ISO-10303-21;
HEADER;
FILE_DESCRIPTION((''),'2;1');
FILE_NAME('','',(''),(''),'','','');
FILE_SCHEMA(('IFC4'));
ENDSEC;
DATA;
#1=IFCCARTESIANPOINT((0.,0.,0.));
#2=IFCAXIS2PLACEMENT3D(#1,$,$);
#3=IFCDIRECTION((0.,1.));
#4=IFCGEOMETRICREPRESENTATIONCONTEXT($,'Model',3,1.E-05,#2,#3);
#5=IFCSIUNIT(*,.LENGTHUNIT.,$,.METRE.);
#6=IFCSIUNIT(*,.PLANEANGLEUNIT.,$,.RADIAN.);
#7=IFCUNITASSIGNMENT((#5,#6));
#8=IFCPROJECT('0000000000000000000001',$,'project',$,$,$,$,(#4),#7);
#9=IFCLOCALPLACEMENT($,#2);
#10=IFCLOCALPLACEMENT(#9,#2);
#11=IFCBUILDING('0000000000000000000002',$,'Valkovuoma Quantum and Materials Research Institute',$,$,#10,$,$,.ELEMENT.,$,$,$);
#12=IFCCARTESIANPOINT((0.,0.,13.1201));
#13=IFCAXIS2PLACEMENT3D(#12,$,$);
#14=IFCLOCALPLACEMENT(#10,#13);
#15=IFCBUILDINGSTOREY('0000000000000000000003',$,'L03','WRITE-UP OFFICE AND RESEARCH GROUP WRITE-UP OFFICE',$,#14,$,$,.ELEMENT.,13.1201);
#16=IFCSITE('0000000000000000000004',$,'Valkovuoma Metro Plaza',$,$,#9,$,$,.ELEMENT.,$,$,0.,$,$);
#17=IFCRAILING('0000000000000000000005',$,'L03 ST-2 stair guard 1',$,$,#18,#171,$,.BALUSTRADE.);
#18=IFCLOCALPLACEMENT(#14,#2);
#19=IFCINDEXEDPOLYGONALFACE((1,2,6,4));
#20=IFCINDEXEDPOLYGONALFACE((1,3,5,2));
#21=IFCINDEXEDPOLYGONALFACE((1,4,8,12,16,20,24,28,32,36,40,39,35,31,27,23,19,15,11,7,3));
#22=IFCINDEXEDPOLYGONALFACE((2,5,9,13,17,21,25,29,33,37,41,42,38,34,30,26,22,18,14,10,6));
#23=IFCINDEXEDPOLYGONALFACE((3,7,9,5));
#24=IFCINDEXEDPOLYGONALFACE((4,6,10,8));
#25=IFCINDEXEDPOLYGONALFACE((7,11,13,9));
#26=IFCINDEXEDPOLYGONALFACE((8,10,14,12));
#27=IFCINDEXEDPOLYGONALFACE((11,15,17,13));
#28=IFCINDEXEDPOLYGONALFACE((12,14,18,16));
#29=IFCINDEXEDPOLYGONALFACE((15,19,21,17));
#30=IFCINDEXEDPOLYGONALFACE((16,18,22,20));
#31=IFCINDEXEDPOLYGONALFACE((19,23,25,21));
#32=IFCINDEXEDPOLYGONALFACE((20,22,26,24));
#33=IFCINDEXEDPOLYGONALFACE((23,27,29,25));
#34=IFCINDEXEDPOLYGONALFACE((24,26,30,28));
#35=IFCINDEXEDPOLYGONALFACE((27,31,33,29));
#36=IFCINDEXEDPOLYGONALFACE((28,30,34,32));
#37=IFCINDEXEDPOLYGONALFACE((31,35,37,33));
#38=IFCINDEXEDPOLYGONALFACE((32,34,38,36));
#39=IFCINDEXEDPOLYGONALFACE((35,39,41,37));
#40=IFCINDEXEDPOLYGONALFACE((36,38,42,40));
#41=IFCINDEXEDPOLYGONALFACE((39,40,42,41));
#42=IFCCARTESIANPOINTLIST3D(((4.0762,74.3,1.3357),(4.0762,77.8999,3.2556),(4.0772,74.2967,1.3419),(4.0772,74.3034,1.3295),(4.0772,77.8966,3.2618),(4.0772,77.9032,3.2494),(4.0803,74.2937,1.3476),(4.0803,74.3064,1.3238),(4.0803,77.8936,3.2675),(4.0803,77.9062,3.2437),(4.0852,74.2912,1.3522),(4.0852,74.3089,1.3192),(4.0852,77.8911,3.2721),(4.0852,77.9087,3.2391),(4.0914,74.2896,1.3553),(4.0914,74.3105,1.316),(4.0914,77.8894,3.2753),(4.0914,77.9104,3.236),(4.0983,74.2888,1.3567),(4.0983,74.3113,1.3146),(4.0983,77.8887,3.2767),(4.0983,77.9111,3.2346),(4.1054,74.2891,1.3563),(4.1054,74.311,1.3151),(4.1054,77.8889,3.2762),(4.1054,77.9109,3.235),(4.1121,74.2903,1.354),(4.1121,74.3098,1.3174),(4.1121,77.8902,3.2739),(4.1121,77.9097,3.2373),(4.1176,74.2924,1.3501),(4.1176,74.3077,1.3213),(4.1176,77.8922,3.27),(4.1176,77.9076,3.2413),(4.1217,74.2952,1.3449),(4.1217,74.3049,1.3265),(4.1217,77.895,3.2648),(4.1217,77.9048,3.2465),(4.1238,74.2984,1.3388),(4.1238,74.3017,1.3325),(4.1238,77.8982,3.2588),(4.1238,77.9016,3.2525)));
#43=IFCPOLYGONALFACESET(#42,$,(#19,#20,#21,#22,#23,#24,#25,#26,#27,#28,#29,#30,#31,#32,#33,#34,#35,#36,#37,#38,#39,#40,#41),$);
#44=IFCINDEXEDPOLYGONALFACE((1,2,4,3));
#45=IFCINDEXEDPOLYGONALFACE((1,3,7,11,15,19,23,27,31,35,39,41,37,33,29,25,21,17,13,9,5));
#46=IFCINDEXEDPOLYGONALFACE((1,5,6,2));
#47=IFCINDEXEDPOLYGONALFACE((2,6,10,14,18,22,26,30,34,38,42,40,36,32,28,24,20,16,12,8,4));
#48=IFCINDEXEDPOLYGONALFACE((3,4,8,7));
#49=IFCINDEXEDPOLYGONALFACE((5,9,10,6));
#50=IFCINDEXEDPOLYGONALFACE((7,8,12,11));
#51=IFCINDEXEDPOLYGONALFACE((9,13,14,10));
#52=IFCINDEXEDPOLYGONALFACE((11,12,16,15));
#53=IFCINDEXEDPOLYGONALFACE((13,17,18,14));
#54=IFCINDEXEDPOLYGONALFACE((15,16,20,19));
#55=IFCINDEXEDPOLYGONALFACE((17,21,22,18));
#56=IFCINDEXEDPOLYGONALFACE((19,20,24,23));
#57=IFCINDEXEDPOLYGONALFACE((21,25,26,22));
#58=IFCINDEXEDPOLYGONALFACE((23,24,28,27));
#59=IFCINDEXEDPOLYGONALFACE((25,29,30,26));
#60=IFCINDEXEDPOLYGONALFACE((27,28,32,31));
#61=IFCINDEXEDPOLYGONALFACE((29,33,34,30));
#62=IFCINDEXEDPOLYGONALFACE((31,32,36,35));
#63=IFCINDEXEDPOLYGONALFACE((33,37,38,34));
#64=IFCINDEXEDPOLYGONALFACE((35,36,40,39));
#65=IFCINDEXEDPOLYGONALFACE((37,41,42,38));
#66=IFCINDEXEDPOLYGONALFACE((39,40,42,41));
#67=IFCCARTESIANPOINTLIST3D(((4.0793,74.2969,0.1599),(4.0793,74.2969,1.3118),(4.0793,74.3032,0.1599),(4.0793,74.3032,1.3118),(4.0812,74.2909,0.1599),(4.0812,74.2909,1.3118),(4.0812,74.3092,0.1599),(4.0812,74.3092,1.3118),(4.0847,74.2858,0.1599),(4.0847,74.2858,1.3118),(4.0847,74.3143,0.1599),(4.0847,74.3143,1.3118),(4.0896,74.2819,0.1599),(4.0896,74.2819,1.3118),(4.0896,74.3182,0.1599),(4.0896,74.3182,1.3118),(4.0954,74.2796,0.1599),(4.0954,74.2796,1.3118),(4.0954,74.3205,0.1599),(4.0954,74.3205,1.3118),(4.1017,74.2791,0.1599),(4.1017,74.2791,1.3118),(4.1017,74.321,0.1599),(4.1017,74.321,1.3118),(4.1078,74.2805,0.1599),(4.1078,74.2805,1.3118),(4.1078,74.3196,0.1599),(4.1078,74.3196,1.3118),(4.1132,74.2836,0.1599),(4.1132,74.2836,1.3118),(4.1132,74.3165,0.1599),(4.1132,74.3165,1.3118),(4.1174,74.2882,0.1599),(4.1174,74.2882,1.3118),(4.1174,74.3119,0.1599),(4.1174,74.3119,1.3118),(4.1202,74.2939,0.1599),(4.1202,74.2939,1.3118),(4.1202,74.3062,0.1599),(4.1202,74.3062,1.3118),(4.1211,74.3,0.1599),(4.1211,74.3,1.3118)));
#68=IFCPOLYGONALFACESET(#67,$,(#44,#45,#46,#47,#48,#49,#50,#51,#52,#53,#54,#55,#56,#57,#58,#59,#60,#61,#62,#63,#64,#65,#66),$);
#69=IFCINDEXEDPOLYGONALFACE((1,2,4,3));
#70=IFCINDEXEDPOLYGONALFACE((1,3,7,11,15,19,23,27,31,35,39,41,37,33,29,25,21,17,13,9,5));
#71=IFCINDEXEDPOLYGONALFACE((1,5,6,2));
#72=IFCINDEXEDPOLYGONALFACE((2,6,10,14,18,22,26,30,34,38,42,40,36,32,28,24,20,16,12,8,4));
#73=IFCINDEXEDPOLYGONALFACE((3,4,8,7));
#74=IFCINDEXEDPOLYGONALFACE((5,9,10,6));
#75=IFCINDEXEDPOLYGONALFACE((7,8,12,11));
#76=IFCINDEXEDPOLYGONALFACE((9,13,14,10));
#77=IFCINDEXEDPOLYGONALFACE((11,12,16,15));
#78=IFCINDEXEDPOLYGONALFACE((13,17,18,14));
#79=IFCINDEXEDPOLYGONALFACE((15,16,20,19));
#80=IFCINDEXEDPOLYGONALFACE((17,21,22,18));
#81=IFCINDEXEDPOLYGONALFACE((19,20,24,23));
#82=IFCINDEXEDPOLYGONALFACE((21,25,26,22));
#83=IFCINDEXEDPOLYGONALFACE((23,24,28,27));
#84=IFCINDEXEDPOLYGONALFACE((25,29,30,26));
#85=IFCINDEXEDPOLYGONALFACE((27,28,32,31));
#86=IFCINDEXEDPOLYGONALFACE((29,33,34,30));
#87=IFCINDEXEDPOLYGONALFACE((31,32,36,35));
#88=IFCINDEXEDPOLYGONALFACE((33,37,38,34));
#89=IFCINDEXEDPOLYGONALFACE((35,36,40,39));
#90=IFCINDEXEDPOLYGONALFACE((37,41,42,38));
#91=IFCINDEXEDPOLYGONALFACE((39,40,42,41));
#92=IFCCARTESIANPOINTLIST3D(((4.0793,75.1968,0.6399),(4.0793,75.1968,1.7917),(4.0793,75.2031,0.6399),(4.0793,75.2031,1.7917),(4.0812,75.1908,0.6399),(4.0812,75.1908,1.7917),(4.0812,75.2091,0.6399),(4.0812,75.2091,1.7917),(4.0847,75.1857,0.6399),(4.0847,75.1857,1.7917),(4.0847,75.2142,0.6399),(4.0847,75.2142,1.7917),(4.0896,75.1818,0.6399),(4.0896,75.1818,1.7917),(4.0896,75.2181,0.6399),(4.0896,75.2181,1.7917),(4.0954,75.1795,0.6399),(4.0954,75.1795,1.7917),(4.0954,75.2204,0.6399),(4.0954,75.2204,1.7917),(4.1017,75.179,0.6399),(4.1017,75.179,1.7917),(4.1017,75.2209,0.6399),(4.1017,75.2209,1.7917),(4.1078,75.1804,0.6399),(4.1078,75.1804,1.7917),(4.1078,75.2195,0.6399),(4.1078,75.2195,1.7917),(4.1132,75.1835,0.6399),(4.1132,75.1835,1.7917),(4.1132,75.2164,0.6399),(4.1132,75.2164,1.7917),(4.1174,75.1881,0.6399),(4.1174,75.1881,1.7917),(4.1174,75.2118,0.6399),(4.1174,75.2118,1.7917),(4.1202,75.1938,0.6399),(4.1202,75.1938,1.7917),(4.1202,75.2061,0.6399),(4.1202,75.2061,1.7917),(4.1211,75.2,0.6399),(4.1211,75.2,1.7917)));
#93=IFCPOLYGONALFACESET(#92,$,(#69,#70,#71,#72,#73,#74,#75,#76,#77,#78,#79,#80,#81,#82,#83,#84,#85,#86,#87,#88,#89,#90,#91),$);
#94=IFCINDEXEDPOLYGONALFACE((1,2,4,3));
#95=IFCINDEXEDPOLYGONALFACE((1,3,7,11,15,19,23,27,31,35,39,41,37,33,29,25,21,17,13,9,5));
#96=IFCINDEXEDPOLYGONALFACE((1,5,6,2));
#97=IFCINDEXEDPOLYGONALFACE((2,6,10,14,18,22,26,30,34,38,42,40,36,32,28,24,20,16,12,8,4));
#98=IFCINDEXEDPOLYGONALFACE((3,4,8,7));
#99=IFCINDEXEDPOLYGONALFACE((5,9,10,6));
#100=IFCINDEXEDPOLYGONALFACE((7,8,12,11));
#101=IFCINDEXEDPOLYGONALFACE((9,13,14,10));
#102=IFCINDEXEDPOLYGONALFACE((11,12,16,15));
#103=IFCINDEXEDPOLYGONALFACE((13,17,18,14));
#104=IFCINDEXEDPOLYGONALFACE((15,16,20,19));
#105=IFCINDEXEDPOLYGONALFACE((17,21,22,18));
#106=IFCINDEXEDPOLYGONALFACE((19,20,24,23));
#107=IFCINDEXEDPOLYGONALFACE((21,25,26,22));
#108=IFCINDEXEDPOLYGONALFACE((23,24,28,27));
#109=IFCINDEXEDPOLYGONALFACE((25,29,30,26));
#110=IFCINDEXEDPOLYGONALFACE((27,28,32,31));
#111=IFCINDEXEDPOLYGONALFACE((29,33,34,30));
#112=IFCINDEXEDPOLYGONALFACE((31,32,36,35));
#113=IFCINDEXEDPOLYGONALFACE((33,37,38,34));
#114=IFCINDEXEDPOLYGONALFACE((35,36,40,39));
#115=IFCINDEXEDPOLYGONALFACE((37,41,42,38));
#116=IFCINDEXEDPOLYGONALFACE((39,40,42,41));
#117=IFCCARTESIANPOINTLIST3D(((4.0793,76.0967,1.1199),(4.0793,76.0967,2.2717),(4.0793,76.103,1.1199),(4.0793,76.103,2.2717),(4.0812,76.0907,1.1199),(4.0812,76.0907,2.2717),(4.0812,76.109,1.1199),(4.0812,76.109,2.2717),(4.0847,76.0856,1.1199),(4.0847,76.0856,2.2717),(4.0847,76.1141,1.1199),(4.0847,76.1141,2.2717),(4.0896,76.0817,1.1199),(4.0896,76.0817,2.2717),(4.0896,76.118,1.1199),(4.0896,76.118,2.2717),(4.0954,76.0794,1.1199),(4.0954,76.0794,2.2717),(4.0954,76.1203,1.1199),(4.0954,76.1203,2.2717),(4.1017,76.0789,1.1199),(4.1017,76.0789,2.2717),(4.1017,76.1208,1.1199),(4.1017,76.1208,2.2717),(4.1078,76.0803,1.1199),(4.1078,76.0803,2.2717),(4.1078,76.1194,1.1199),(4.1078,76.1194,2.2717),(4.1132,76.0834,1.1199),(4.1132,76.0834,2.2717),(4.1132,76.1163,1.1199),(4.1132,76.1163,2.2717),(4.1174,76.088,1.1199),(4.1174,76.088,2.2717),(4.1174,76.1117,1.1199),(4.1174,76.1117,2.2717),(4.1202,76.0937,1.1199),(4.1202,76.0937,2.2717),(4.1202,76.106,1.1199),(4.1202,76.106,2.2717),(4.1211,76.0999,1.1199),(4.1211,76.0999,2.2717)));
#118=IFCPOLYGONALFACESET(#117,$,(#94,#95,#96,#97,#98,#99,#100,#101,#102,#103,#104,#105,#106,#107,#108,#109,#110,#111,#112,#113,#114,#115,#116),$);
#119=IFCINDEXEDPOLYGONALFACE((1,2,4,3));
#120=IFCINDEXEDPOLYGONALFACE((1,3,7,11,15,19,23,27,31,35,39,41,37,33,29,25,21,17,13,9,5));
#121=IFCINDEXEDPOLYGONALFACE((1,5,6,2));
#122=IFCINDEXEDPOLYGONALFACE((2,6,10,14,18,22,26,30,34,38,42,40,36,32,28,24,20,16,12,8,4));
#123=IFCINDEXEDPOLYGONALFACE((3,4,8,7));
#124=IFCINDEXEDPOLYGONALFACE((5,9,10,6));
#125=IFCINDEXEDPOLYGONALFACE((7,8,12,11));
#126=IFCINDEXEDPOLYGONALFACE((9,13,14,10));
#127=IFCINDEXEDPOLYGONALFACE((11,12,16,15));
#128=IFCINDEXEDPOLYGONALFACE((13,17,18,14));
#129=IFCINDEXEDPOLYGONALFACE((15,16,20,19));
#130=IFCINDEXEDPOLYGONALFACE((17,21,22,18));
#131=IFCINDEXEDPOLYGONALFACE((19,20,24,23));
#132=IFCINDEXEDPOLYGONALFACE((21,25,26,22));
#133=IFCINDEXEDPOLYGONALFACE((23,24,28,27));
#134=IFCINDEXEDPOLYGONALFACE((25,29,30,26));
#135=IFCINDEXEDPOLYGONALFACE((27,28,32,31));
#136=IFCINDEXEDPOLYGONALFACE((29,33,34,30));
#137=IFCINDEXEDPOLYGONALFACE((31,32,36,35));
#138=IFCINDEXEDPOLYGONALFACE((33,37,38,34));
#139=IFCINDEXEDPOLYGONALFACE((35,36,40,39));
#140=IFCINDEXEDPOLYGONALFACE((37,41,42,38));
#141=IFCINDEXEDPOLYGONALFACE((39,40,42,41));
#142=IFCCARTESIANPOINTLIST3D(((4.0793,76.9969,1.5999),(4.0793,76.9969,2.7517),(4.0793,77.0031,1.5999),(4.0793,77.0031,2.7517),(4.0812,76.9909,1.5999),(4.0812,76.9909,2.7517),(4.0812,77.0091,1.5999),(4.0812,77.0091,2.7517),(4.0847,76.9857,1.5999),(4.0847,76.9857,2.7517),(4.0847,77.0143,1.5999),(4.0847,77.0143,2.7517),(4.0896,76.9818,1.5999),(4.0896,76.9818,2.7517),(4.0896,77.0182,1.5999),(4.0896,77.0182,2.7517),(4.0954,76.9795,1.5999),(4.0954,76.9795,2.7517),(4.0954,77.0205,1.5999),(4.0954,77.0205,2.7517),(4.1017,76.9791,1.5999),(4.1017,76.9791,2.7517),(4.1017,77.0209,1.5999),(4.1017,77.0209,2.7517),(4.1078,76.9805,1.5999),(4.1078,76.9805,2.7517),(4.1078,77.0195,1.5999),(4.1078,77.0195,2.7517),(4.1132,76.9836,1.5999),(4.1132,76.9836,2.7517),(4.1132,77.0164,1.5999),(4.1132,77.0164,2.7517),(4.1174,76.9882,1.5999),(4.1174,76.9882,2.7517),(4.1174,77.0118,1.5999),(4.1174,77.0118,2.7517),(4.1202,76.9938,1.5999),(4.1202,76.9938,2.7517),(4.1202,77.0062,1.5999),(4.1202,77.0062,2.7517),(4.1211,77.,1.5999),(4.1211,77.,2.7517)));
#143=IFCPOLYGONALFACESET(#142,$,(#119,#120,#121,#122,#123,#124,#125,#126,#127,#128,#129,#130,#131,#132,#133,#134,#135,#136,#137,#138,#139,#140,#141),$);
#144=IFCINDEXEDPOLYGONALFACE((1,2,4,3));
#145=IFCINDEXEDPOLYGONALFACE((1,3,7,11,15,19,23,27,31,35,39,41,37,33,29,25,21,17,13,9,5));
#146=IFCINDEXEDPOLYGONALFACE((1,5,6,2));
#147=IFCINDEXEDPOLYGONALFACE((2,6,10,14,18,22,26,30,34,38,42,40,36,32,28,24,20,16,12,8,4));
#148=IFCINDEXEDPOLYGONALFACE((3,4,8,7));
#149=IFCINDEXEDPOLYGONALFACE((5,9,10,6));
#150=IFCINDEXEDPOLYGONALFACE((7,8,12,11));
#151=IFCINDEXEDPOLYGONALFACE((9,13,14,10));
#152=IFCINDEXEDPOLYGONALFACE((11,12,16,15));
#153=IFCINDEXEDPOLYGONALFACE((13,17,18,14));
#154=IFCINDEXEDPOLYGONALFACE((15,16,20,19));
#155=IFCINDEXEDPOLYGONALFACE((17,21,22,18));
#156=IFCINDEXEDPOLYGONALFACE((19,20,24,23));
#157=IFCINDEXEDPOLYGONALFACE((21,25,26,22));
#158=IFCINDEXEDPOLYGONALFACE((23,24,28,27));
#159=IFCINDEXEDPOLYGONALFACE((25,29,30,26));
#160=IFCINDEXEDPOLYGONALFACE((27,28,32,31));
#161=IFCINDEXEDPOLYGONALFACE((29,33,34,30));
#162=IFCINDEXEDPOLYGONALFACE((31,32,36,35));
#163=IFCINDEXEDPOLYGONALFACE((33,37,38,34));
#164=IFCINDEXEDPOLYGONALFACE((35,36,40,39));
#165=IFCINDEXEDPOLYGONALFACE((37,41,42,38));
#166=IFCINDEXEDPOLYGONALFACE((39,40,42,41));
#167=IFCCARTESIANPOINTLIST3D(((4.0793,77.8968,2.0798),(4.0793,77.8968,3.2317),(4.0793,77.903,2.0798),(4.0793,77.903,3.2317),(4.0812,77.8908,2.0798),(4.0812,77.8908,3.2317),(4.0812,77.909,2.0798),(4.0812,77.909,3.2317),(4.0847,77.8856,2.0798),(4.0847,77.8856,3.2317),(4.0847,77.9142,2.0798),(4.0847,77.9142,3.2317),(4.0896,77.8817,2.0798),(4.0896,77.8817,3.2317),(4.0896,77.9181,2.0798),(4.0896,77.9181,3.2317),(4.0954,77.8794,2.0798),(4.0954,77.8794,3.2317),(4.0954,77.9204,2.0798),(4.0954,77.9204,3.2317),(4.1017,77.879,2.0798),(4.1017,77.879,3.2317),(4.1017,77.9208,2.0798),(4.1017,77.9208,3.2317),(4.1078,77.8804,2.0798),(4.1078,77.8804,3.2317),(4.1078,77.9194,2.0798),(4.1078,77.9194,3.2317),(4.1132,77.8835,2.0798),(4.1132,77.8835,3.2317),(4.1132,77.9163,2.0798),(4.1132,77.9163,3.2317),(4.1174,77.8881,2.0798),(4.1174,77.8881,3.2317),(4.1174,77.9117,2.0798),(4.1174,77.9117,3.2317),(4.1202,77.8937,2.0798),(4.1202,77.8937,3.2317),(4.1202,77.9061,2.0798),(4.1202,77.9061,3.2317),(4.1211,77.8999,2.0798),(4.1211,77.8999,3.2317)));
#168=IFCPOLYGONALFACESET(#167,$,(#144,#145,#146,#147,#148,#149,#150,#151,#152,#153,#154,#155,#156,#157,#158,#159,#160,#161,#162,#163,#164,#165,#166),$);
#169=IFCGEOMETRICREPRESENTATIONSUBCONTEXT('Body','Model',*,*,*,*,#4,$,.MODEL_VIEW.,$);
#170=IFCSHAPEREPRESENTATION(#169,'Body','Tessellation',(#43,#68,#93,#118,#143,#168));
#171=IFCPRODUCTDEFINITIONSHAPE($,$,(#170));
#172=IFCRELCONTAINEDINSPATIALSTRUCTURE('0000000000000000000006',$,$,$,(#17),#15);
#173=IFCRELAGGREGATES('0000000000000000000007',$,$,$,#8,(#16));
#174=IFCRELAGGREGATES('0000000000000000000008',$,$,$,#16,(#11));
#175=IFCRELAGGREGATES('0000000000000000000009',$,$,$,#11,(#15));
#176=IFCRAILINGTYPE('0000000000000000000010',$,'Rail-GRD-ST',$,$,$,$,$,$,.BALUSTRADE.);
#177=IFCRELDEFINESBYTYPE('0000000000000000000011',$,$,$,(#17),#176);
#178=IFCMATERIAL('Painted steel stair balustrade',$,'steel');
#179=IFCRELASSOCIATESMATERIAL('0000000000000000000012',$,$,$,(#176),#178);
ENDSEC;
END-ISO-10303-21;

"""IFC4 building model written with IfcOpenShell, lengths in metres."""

from ifc_helpers import new_model, si_unit, direction, frame, origin, origin_2d, place, context, subcontext, project, spatial, circle, extrude, material, type_object, element, save


model = new_model("IFC4")

# Units and contexts
model_context = context("Model", 3, precision=1e-05, world=origin(), true_north=direction((0.0, 1.0)))
body_context = subcontext(model_context, "Body", "Model", "MODEL_VIEW")
ifc_project = project(units=[si_unit("LENGTHUNIT", "METRE"), si_unit("PLANEANGLEUNIT", "RADIAN")], contexts=[model_context])

# Site, building, storey
site_placement = place(None, origin())
site = spatial("IfcSite", under=ifc_project, at=site_placement, Name="Valkovuoma Metro Plaza", CompositionType="ELEMENT", RefElevation=0.0)
building_placement = place(site_placement, origin())
building = spatial("IfcBuilding", under=site, at=building_placement, Name="Valkovuoma Quantum and Materials Research Institute", CompositionType="ELEMENT")
storey_placement = place(building_placement, frame((0.0, 0.0, 13.1201)))
storey = spatial("IfcBuildingStorey", under=building, at=storey_placement, Name="L03", Description="WRITE-UP OFFICE AND RESEARCH GROUP WRITE-UP OFFICE", CompositionType="ELEMENT", Elevation=13.1201)

# Railing
ifc_material_1 = material(Name="Painted steel stair balustrade", Category="steel")
railing_type_1 = type_object("IfcRailingType", Name="Rail-GRD-ST", PredefinedType="BALUSTRADE", material=ifc_material_1)
railing_1_placement = place(storey_placement, frame((4.1001, 74.3, 0.1599)))
element("IfcRailing", 1, at=railing_1_placement, inside=storey, type_object=railing_type_1, Name="L03 ST-2 stair guard 1", PredefinedType="BALUSTRADE", context=body_context, shape_type="SweptSolid", body=[
    extrude(circle(Radius=0.0239, at=origin_2d()), frame((0.0, 0.0, 1.1758), z_axis=(0.0, 0.882353, 0.470588), x_axis=(-1.0, 0.0, 0.0)), (0.0, 0.0, 1.0), 4.0798),
    extrude(circle(Radius=0.021, at=origin_2d()), origin(), (0.0, 0.0, 1.0), 1.1519),
    extrude(circle(Radius=0.021, at=origin_2d()), frame((0.0, 0.8999, 0.48)), (0.0, 0.0, 1.0), 1.1519),
    extrude(circle(Radius=0.021, at=origin_2d()), frame((0.0, 1.7998, 0.96)), (0.0, 0.0, 1.0), 1.1519),
    extrude(circle(Radius=0.021, at=origin_2d()), frame((0.0, 2.7, 1.4399)), (0.0, 0.0, 1.0), 1.1519),
    extrude(circle(Radius=0.021, at=origin_2d()), frame((0.0, 3.5999, 1.9199)), (0.0, 0.0, 1.0), 1.1519),
])

save(model, "model.ifc")
